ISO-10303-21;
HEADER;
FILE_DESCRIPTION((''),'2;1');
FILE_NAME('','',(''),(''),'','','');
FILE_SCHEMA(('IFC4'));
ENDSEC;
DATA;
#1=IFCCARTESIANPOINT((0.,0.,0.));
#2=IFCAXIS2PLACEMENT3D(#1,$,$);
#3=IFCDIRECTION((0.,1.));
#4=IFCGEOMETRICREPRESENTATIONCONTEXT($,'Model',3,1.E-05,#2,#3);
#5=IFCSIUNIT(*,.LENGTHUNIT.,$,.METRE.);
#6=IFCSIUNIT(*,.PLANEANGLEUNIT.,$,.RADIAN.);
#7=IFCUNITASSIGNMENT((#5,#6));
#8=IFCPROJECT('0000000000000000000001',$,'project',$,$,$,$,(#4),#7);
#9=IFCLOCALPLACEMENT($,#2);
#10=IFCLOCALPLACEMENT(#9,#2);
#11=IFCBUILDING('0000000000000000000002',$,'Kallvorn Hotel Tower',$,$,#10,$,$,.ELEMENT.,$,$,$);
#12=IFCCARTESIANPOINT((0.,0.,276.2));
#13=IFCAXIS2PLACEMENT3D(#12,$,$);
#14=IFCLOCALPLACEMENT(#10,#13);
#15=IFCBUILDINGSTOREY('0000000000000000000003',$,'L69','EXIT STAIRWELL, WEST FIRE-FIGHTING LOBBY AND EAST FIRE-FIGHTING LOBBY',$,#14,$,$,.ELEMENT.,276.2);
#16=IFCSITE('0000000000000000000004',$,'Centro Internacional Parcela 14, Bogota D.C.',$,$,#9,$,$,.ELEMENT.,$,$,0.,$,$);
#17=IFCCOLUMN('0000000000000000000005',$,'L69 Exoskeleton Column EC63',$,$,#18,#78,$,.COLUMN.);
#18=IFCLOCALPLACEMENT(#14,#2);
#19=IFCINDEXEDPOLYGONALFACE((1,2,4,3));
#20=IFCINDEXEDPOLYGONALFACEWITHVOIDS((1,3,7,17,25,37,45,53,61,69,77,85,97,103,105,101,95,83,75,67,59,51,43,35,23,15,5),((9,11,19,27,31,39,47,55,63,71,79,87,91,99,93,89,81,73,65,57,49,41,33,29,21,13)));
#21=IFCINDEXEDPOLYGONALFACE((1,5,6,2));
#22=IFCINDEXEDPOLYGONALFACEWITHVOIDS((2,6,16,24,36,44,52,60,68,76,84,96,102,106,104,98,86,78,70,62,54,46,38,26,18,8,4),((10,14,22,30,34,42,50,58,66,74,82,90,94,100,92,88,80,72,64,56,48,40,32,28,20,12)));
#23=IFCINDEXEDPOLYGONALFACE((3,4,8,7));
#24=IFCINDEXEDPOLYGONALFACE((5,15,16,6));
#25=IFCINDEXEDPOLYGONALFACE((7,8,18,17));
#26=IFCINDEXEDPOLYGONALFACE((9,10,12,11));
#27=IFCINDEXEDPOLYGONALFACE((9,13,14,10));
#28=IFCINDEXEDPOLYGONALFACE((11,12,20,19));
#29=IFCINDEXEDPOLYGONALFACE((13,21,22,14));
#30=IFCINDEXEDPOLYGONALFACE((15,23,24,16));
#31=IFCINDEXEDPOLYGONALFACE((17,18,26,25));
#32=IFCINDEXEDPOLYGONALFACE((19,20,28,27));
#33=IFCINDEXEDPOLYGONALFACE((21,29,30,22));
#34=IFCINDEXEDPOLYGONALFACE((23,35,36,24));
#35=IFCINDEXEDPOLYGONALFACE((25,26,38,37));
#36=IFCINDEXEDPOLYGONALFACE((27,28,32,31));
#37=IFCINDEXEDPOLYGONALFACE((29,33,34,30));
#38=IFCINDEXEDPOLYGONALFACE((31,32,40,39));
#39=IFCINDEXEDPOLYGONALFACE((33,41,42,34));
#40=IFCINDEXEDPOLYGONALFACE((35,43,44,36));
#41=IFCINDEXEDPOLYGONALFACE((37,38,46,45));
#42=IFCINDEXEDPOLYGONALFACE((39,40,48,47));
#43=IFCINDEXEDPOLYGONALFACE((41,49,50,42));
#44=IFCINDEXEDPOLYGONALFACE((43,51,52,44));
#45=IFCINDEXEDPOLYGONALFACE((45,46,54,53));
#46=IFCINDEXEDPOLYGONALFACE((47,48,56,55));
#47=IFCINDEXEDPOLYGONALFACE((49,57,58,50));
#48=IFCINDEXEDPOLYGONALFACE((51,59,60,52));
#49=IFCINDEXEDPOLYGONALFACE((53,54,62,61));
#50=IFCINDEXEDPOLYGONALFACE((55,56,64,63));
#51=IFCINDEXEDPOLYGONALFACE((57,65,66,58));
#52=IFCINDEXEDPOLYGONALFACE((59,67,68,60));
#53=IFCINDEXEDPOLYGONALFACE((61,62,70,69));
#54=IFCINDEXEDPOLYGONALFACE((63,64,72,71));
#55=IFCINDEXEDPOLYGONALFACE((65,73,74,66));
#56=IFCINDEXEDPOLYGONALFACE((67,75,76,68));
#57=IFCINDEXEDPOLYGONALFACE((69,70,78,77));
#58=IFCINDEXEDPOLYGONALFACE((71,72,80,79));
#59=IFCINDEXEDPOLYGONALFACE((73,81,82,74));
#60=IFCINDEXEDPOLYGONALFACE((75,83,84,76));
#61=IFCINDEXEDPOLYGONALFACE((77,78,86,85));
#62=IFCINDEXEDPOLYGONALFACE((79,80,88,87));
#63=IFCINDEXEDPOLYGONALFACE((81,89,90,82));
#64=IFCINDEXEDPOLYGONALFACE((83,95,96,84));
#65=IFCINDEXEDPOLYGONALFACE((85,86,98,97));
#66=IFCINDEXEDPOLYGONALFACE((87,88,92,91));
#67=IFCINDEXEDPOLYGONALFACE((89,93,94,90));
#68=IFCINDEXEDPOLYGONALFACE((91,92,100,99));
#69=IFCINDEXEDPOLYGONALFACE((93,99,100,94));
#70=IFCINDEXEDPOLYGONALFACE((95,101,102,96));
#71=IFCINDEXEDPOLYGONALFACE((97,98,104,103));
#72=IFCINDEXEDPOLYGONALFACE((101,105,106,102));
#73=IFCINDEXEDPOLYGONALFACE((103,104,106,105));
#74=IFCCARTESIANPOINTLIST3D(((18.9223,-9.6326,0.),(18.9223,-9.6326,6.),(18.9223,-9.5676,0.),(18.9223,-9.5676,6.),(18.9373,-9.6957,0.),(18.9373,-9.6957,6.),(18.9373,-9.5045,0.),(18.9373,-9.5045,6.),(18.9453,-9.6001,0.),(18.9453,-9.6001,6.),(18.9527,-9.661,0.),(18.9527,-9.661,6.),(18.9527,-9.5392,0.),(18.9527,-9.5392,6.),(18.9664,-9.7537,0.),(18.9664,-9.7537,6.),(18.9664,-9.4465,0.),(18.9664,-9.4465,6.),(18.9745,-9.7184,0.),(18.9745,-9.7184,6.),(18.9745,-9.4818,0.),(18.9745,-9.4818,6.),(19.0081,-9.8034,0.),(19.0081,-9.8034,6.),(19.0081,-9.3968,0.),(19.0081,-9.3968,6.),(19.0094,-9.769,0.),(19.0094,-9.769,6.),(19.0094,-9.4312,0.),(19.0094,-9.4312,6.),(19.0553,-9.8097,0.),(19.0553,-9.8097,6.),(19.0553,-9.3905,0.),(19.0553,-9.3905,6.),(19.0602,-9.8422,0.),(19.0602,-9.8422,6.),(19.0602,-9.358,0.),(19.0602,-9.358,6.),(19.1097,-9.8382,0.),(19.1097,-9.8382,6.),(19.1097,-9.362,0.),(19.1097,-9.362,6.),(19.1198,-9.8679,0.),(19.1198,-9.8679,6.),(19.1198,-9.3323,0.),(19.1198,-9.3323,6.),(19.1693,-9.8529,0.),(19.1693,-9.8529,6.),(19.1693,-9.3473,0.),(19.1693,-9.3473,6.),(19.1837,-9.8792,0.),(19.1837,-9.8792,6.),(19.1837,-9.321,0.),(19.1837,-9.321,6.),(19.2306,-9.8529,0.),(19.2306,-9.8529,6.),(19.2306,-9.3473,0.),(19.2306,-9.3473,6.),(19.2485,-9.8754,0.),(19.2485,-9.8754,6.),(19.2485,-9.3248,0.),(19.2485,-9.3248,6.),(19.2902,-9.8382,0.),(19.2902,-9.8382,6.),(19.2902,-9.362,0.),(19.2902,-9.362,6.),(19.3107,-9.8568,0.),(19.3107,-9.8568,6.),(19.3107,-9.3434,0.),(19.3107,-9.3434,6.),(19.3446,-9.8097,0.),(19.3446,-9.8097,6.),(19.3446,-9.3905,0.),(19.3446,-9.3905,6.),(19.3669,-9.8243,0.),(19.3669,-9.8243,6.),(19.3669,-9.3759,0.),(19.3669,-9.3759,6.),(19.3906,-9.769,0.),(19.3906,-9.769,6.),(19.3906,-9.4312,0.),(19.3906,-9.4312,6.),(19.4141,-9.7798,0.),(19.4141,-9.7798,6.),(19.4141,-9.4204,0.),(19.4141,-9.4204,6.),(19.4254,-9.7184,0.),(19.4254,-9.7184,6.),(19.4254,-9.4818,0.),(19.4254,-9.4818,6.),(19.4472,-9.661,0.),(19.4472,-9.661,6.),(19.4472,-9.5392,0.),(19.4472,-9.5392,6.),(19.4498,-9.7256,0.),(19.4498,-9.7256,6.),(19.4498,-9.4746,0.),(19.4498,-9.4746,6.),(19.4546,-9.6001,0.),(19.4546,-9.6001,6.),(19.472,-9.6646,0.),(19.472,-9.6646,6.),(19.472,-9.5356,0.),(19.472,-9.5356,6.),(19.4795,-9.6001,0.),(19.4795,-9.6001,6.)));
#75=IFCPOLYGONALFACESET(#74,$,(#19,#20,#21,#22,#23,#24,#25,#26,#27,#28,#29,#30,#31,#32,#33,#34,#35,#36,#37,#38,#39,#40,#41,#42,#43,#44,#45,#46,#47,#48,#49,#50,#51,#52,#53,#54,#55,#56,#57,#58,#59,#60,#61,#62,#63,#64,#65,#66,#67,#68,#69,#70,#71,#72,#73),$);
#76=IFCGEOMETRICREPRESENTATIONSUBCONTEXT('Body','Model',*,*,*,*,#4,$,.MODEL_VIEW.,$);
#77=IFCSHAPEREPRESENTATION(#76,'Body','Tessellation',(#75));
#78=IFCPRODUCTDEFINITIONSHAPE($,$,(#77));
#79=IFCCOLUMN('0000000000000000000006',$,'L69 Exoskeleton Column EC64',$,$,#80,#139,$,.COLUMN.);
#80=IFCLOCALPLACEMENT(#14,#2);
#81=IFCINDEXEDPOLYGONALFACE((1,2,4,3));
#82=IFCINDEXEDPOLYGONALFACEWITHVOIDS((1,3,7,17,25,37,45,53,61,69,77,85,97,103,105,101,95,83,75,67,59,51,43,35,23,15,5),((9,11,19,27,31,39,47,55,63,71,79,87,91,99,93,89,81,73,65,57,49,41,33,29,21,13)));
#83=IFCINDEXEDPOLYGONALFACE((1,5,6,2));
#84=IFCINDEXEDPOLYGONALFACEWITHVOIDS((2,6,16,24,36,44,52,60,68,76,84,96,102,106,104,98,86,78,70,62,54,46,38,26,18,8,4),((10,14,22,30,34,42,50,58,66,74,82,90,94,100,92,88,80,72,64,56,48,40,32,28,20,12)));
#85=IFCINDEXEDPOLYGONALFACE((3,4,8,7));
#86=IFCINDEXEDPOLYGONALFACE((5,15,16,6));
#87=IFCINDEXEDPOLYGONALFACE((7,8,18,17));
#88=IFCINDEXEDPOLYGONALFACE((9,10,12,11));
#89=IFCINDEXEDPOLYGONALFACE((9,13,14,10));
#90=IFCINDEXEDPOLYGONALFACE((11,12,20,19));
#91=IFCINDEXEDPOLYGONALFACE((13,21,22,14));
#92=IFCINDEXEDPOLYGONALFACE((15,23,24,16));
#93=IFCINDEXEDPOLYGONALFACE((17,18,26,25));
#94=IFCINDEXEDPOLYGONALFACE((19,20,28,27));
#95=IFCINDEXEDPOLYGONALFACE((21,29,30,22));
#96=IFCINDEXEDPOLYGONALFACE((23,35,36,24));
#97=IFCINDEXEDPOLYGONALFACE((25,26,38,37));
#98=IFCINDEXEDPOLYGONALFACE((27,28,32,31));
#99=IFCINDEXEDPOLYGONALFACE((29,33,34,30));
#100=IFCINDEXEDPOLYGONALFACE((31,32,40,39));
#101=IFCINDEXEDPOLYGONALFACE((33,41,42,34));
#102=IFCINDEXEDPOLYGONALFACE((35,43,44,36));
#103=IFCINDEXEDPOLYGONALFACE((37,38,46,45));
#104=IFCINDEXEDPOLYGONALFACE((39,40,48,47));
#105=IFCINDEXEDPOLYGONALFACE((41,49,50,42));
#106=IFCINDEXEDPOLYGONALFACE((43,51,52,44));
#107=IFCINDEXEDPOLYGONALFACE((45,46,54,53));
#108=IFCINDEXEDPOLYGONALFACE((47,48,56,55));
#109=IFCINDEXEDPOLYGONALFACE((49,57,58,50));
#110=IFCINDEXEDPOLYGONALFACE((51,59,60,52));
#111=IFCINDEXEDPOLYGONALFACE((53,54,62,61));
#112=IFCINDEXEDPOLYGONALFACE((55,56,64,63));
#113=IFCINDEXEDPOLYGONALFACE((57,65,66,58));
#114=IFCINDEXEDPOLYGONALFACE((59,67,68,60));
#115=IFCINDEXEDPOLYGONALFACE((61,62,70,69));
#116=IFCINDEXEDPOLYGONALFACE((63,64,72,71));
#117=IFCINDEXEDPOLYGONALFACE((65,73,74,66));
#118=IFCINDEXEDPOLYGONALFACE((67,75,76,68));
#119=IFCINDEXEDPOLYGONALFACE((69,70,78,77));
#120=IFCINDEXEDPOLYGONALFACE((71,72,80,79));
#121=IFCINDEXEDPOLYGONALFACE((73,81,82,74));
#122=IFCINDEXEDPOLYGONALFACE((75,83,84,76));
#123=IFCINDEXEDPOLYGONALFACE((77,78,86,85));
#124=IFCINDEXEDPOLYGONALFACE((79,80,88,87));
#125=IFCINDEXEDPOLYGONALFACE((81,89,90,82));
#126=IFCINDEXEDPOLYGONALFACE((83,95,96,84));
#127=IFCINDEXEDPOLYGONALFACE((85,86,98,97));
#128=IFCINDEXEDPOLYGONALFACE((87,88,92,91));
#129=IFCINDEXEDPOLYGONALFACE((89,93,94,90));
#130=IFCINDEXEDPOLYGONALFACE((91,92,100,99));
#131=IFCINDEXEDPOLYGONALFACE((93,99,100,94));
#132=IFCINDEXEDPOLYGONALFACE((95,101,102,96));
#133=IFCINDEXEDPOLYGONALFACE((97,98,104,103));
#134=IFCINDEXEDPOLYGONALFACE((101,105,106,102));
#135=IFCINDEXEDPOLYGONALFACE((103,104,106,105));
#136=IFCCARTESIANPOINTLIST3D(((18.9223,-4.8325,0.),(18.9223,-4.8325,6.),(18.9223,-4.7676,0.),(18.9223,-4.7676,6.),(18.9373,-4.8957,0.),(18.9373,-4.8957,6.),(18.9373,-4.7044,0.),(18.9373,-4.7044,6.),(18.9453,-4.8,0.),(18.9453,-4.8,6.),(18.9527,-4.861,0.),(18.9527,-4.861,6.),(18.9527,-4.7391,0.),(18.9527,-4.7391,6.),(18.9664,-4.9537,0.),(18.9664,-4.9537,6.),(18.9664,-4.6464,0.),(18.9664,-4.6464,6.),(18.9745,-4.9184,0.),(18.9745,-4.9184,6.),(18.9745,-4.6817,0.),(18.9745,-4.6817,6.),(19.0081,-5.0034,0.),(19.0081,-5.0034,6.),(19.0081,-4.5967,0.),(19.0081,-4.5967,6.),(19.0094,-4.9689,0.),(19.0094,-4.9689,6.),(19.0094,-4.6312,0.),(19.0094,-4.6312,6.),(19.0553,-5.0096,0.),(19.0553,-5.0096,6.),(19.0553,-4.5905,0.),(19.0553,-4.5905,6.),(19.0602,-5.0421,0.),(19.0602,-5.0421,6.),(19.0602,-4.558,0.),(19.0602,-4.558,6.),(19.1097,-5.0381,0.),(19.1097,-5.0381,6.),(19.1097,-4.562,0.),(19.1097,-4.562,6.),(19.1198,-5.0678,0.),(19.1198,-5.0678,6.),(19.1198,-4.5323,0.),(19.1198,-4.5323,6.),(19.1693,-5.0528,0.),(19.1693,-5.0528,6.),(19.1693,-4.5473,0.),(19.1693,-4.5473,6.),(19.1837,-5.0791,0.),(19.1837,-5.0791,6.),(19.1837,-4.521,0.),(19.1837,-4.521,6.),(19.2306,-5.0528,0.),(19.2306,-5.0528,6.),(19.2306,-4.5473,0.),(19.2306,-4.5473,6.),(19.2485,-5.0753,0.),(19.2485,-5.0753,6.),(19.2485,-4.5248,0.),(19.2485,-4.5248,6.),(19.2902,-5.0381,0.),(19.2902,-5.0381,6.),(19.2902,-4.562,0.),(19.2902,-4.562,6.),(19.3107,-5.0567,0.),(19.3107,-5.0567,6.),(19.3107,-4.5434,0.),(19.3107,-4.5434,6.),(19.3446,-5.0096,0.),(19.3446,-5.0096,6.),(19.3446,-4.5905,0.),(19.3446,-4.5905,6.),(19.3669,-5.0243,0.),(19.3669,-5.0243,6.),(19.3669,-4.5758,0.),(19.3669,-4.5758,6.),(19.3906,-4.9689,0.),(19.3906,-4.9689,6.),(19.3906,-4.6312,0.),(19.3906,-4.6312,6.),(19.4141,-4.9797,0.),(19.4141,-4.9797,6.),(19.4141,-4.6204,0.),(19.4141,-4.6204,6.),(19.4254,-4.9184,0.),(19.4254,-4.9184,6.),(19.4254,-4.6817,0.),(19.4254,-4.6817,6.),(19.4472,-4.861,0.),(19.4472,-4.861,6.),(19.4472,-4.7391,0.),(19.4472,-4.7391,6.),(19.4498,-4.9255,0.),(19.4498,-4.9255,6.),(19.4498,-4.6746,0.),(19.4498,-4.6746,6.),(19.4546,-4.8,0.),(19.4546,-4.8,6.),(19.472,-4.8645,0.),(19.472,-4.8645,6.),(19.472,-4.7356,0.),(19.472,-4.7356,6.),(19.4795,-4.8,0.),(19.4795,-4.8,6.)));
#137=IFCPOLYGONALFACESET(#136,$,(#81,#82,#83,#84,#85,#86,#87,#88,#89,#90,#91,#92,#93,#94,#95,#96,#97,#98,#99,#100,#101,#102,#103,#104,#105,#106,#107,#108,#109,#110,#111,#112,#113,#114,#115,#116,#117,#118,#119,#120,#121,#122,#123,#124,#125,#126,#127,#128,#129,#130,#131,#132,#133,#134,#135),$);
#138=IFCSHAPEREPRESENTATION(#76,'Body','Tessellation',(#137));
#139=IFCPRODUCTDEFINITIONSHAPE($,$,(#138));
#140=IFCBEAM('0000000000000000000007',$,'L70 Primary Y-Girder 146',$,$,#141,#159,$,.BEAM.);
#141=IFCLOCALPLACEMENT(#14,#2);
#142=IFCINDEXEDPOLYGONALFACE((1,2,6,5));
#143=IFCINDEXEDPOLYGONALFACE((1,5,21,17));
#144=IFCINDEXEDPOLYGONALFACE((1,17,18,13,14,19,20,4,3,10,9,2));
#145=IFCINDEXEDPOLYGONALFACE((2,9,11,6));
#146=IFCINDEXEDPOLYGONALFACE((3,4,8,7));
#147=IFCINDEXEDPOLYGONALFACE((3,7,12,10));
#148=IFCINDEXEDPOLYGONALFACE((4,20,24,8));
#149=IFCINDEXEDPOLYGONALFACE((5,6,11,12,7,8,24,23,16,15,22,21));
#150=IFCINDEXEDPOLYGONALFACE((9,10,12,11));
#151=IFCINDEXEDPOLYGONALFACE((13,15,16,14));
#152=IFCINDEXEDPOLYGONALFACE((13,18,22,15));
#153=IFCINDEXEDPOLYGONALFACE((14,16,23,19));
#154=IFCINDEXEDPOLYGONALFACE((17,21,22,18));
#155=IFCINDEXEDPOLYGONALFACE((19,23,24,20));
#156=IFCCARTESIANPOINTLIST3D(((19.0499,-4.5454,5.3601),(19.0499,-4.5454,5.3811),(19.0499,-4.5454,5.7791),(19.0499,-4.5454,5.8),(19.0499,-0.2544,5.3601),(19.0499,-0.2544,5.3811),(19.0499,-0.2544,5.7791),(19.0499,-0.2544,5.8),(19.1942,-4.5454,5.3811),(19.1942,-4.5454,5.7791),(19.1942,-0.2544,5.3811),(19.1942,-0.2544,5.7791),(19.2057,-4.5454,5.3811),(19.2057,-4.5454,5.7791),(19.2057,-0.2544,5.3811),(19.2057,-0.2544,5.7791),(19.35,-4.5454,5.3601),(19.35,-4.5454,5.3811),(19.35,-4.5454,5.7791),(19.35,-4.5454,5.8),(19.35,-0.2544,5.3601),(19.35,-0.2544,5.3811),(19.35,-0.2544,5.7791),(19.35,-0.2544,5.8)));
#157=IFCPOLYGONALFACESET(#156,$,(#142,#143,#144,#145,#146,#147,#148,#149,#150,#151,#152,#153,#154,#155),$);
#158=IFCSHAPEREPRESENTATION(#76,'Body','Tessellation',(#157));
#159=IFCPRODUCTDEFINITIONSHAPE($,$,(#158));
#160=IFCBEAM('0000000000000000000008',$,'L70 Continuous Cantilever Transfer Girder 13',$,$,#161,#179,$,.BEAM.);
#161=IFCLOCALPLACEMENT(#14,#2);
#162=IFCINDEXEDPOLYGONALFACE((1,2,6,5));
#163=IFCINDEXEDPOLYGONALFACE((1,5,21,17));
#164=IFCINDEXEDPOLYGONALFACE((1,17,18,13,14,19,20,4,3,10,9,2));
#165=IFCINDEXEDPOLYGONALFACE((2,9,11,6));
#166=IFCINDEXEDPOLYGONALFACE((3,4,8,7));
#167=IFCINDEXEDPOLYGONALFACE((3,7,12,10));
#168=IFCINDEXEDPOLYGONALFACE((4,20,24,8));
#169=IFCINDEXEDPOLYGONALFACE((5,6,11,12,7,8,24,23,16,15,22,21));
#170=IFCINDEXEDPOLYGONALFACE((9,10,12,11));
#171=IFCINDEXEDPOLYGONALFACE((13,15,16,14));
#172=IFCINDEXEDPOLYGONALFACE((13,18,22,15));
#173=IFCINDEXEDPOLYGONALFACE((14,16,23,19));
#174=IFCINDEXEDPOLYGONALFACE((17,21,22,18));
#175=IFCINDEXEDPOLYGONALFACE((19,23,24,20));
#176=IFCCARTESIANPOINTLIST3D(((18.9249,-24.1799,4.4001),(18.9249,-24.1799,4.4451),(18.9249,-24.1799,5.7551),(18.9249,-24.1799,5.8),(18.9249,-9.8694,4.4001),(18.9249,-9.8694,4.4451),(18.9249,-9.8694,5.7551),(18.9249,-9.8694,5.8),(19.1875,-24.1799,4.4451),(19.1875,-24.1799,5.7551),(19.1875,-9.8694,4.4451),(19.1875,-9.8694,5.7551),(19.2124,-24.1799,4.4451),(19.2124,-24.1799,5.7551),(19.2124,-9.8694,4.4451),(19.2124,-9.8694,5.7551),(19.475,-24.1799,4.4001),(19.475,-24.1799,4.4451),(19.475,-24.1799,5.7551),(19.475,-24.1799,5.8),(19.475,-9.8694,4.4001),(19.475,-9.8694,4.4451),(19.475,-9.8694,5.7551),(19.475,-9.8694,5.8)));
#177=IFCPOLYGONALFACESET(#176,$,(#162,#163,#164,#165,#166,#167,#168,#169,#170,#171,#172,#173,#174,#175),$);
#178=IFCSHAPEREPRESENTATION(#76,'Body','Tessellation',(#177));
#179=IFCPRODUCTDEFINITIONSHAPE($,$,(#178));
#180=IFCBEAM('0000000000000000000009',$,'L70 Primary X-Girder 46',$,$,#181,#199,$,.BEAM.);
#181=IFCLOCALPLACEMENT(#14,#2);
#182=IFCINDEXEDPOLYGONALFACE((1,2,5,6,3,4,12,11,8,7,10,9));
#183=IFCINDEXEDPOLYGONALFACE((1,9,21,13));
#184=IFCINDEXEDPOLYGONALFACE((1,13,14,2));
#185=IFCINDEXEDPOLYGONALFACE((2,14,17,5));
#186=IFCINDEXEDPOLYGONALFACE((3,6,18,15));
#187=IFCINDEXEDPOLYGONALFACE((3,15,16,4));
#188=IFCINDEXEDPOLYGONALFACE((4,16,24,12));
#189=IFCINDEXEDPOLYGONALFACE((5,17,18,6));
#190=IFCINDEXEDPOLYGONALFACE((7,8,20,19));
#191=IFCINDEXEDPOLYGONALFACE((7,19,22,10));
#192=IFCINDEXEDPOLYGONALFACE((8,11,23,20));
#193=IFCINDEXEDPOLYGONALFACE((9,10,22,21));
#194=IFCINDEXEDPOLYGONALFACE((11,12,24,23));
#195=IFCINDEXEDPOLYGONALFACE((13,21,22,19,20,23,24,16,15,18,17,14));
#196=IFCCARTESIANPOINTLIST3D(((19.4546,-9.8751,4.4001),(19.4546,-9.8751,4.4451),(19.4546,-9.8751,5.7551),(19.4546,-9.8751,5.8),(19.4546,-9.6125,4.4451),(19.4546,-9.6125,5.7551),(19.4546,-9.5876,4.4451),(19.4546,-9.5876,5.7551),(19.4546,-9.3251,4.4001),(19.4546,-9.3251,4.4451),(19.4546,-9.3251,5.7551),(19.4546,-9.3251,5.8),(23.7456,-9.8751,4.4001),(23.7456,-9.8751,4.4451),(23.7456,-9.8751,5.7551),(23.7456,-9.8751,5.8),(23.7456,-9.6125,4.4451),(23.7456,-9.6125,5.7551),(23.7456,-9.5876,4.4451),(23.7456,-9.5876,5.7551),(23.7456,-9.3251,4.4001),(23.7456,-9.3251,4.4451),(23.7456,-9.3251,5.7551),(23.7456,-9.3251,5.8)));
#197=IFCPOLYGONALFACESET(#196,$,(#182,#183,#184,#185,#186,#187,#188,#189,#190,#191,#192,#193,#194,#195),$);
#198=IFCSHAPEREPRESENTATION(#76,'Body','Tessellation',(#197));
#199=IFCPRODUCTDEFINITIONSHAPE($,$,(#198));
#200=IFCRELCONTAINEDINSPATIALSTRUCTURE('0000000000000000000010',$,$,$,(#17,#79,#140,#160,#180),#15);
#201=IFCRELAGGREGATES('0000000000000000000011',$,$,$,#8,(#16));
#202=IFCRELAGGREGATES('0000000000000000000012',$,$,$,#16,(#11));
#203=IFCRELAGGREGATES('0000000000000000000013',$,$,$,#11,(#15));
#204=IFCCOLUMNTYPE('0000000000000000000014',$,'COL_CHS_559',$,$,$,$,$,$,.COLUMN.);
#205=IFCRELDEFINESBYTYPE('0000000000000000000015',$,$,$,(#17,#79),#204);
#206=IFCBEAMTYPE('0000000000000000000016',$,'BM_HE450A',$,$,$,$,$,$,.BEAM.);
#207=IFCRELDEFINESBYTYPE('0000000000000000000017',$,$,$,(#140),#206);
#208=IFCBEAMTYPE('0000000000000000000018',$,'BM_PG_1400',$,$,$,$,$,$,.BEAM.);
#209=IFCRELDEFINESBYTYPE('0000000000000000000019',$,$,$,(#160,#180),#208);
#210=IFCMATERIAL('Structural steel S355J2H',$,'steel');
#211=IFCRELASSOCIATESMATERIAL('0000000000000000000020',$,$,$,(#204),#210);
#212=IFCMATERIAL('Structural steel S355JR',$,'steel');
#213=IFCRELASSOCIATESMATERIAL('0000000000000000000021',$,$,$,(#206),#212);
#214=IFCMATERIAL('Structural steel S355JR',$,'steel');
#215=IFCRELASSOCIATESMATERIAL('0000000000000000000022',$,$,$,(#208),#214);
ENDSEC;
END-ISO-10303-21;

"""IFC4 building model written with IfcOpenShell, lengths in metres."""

from ifc_helpers import new_model, si_unit, direction, frame, origin, origin_2d, place, context, subcontext, project, spatial, hollow_circle, i_section, extrude, material, material_profile, profile_set, type_object, element, save


model = new_model("IFC4")

# Units and contexts
model_context = context("Model", 3, precision=1e-05, world=origin(), true_north=direction((0.0, 1.0)))
body_context = subcontext(model_context, "Body", "Model", "MODEL_VIEW")
ifc_project = project(units=[si_unit("LENGTHUNIT", "METRE"), si_unit("PLANEANGLEUNIT", "RADIAN")], contexts=[model_context])

# Site, building, storey
site_placement = place(None, origin())
site = spatial("IfcSite", under=ifc_project, at=site_placement, Name="Centro Internacional Parcela 14, Bogota D.C.", CompositionType="ELEMENT", RefElevation=0.0)
building_placement = place(site_placement, origin())
building = spatial("IfcBuilding", under=site, at=building_placement, Name="Kallvorn Hotel Tower", CompositionType="ELEMENT")
storey_placement = place(building_placement, frame((0.0, 0.0, 276.2)))
storey = spatial("IfcBuildingStorey", under=building, at=storey_placement, Name="L69", Description="EXIT STAIRWELL, WEST FIRE-FIGHTING LOBBY AND EAST FIRE-FIGHTING LOBBY", CompositionType="ELEMENT", Elevation=276.2)

# Columns
ifc_material_1 = material(Name="Structural steel S355J2H", Category="steel")
ifc_material_profile_1 = material_profile(ifc_material_1, hollow_circle(Radius=0.2795, WallThickness=0.0249, at=origin_2d()), Name="CHS 559x25")
ifc_profile_set_1 = profile_set([ifc_material_profile_1], Name="Structural steel S355J2H")
column_type = type_object("IfcColumnType", Name="COL_CHS_559", PredefinedType="COLUMN", material=ifc_profile_set_1)
for number, where, z_axis, x_axis, name in (
    (1, (19.2, -9.6001, 0.0), (0.0, 0.0, 1.0), (1.0, 0.0, 0.0), "L69 Exoskeleton Column EC63"),
    (2, (19.2, -4.8, 0.0), (0.0, 0.0, 1.0), (1.0, 0.0, 0.0), "L69 Exoskeleton Column EC64"),
):
    element("IfcColumn", number, at=place(storey_placement, frame(where, z_axis=z_axis, x_axis=x_axis)), inside=storey, type_object=column_type, Name=name, PredefinedType="COLUMN", context=body_context, shape_type="SweptSolid", body=[
        extrude(hollow_circle(Radius=0.2795, WallThickness=0.0249, at=origin_2d()), origin(), (0.0, 0.0, 1.0), 6.0),
    ])

# Beams
ifc_material_2 = material(Name="Structural steel S355JR", Category="steel")
ifc_material_profile_2 = material_profile(ifc_material_2, i_section(OverallWidth=0.3, OverallDepth=0.4399, WebThickness=0.0115, FlangeThickness=0.021, at=origin_2d()), Name="HE 450 A")
ifc_profile_set_2 = profile_set([ifc_material_profile_2], Name="Structural steel S355JR")
beam_type_1 = type_object("IfcBeamType", Name="BM_HE450A", PredefinedType="BEAM", material=ifc_profile_set_2)
beam_1_placement = place(storey_placement, frame((19.2, -4.5454, 5.5801), z_axis=(0.0, 1.0, 0.0), x_axis=(-1.0, 0.0, 0.0)))
element("IfcBeam", 3, at=beam_1_placement, inside=storey, type_object=beam_type_1, Name="L70 Primary Y-Girder 146", PredefinedType="BEAM", context=body_context, shape_type="SweptSolid", body=[
    extrude(i_section(OverallWidth=0.3, OverallDepth=0.4399, WebThickness=0.0115, FlangeThickness=0.021, at=origin_2d()), origin(), (0.0, 0.0, 1.0), 4.291),
])
ifc_material_3 = material(Name="Structural steel S355JR", Category="steel")
ifc_material_profile_3 = material_profile(ifc_material_3, i_section(OverallWidth=0.55, OverallDepth=1.3999, WebThickness=0.0249, FlangeThickness=0.0449, at=origin_2d()), Name="PG 1400x550x25x45")
ifc_profile_set_3 = profile_set([ifc_material_profile_3], Name="Structural steel S355JR")
beam_type_2 = type_object("IfcBeamType", Name="BM_PG_1400", PredefinedType="BEAM", material=ifc_profile_set_3)
beam_2_placement = place(storey_placement, frame((19.2, -9.8694, 5.1001), z_axis=(0.0, -1.0, 0.0), x_axis=(1.0, 0.0, 0.0)))
element("IfcBeam", 4, at=beam_2_placement, inside=storey, type_object=beam_type_2, Name="L70 Continuous Cantilever Transfer Girder 13", PredefinedType="BEAM", context=body_context, shape_type="SweptSolid", body=[
    extrude(i_section(OverallWidth=0.55, OverallDepth=1.3999, WebThickness=0.0249, FlangeThickness=0.0449, at=origin_2d()), origin(), (0.0, 0.0, 1.0), 14.3105),
])
beam_3_placement = place(storey_placement, frame((19.4546, -9.6001, 5.1001), z_axis=(1.0, 0.0, 0.0), x_axis=(0.0, 1.0, 0.0)))
element("IfcBeam", 5, at=beam_3_placement, inside=storey, type_object=beam_type_2, Name="L70 Primary X-Girder 46", PredefinedType="BEAM", context=body_context, shape_type="SweptSolid", body=[
    extrude(i_section(OverallWidth=0.55, OverallDepth=1.3999, WebThickness=0.0249, FlangeThickness=0.0449, at=origin_2d()), origin(), (0.0, 0.0, 1.0), 4.291),
])

save(model, "model.ifc")
